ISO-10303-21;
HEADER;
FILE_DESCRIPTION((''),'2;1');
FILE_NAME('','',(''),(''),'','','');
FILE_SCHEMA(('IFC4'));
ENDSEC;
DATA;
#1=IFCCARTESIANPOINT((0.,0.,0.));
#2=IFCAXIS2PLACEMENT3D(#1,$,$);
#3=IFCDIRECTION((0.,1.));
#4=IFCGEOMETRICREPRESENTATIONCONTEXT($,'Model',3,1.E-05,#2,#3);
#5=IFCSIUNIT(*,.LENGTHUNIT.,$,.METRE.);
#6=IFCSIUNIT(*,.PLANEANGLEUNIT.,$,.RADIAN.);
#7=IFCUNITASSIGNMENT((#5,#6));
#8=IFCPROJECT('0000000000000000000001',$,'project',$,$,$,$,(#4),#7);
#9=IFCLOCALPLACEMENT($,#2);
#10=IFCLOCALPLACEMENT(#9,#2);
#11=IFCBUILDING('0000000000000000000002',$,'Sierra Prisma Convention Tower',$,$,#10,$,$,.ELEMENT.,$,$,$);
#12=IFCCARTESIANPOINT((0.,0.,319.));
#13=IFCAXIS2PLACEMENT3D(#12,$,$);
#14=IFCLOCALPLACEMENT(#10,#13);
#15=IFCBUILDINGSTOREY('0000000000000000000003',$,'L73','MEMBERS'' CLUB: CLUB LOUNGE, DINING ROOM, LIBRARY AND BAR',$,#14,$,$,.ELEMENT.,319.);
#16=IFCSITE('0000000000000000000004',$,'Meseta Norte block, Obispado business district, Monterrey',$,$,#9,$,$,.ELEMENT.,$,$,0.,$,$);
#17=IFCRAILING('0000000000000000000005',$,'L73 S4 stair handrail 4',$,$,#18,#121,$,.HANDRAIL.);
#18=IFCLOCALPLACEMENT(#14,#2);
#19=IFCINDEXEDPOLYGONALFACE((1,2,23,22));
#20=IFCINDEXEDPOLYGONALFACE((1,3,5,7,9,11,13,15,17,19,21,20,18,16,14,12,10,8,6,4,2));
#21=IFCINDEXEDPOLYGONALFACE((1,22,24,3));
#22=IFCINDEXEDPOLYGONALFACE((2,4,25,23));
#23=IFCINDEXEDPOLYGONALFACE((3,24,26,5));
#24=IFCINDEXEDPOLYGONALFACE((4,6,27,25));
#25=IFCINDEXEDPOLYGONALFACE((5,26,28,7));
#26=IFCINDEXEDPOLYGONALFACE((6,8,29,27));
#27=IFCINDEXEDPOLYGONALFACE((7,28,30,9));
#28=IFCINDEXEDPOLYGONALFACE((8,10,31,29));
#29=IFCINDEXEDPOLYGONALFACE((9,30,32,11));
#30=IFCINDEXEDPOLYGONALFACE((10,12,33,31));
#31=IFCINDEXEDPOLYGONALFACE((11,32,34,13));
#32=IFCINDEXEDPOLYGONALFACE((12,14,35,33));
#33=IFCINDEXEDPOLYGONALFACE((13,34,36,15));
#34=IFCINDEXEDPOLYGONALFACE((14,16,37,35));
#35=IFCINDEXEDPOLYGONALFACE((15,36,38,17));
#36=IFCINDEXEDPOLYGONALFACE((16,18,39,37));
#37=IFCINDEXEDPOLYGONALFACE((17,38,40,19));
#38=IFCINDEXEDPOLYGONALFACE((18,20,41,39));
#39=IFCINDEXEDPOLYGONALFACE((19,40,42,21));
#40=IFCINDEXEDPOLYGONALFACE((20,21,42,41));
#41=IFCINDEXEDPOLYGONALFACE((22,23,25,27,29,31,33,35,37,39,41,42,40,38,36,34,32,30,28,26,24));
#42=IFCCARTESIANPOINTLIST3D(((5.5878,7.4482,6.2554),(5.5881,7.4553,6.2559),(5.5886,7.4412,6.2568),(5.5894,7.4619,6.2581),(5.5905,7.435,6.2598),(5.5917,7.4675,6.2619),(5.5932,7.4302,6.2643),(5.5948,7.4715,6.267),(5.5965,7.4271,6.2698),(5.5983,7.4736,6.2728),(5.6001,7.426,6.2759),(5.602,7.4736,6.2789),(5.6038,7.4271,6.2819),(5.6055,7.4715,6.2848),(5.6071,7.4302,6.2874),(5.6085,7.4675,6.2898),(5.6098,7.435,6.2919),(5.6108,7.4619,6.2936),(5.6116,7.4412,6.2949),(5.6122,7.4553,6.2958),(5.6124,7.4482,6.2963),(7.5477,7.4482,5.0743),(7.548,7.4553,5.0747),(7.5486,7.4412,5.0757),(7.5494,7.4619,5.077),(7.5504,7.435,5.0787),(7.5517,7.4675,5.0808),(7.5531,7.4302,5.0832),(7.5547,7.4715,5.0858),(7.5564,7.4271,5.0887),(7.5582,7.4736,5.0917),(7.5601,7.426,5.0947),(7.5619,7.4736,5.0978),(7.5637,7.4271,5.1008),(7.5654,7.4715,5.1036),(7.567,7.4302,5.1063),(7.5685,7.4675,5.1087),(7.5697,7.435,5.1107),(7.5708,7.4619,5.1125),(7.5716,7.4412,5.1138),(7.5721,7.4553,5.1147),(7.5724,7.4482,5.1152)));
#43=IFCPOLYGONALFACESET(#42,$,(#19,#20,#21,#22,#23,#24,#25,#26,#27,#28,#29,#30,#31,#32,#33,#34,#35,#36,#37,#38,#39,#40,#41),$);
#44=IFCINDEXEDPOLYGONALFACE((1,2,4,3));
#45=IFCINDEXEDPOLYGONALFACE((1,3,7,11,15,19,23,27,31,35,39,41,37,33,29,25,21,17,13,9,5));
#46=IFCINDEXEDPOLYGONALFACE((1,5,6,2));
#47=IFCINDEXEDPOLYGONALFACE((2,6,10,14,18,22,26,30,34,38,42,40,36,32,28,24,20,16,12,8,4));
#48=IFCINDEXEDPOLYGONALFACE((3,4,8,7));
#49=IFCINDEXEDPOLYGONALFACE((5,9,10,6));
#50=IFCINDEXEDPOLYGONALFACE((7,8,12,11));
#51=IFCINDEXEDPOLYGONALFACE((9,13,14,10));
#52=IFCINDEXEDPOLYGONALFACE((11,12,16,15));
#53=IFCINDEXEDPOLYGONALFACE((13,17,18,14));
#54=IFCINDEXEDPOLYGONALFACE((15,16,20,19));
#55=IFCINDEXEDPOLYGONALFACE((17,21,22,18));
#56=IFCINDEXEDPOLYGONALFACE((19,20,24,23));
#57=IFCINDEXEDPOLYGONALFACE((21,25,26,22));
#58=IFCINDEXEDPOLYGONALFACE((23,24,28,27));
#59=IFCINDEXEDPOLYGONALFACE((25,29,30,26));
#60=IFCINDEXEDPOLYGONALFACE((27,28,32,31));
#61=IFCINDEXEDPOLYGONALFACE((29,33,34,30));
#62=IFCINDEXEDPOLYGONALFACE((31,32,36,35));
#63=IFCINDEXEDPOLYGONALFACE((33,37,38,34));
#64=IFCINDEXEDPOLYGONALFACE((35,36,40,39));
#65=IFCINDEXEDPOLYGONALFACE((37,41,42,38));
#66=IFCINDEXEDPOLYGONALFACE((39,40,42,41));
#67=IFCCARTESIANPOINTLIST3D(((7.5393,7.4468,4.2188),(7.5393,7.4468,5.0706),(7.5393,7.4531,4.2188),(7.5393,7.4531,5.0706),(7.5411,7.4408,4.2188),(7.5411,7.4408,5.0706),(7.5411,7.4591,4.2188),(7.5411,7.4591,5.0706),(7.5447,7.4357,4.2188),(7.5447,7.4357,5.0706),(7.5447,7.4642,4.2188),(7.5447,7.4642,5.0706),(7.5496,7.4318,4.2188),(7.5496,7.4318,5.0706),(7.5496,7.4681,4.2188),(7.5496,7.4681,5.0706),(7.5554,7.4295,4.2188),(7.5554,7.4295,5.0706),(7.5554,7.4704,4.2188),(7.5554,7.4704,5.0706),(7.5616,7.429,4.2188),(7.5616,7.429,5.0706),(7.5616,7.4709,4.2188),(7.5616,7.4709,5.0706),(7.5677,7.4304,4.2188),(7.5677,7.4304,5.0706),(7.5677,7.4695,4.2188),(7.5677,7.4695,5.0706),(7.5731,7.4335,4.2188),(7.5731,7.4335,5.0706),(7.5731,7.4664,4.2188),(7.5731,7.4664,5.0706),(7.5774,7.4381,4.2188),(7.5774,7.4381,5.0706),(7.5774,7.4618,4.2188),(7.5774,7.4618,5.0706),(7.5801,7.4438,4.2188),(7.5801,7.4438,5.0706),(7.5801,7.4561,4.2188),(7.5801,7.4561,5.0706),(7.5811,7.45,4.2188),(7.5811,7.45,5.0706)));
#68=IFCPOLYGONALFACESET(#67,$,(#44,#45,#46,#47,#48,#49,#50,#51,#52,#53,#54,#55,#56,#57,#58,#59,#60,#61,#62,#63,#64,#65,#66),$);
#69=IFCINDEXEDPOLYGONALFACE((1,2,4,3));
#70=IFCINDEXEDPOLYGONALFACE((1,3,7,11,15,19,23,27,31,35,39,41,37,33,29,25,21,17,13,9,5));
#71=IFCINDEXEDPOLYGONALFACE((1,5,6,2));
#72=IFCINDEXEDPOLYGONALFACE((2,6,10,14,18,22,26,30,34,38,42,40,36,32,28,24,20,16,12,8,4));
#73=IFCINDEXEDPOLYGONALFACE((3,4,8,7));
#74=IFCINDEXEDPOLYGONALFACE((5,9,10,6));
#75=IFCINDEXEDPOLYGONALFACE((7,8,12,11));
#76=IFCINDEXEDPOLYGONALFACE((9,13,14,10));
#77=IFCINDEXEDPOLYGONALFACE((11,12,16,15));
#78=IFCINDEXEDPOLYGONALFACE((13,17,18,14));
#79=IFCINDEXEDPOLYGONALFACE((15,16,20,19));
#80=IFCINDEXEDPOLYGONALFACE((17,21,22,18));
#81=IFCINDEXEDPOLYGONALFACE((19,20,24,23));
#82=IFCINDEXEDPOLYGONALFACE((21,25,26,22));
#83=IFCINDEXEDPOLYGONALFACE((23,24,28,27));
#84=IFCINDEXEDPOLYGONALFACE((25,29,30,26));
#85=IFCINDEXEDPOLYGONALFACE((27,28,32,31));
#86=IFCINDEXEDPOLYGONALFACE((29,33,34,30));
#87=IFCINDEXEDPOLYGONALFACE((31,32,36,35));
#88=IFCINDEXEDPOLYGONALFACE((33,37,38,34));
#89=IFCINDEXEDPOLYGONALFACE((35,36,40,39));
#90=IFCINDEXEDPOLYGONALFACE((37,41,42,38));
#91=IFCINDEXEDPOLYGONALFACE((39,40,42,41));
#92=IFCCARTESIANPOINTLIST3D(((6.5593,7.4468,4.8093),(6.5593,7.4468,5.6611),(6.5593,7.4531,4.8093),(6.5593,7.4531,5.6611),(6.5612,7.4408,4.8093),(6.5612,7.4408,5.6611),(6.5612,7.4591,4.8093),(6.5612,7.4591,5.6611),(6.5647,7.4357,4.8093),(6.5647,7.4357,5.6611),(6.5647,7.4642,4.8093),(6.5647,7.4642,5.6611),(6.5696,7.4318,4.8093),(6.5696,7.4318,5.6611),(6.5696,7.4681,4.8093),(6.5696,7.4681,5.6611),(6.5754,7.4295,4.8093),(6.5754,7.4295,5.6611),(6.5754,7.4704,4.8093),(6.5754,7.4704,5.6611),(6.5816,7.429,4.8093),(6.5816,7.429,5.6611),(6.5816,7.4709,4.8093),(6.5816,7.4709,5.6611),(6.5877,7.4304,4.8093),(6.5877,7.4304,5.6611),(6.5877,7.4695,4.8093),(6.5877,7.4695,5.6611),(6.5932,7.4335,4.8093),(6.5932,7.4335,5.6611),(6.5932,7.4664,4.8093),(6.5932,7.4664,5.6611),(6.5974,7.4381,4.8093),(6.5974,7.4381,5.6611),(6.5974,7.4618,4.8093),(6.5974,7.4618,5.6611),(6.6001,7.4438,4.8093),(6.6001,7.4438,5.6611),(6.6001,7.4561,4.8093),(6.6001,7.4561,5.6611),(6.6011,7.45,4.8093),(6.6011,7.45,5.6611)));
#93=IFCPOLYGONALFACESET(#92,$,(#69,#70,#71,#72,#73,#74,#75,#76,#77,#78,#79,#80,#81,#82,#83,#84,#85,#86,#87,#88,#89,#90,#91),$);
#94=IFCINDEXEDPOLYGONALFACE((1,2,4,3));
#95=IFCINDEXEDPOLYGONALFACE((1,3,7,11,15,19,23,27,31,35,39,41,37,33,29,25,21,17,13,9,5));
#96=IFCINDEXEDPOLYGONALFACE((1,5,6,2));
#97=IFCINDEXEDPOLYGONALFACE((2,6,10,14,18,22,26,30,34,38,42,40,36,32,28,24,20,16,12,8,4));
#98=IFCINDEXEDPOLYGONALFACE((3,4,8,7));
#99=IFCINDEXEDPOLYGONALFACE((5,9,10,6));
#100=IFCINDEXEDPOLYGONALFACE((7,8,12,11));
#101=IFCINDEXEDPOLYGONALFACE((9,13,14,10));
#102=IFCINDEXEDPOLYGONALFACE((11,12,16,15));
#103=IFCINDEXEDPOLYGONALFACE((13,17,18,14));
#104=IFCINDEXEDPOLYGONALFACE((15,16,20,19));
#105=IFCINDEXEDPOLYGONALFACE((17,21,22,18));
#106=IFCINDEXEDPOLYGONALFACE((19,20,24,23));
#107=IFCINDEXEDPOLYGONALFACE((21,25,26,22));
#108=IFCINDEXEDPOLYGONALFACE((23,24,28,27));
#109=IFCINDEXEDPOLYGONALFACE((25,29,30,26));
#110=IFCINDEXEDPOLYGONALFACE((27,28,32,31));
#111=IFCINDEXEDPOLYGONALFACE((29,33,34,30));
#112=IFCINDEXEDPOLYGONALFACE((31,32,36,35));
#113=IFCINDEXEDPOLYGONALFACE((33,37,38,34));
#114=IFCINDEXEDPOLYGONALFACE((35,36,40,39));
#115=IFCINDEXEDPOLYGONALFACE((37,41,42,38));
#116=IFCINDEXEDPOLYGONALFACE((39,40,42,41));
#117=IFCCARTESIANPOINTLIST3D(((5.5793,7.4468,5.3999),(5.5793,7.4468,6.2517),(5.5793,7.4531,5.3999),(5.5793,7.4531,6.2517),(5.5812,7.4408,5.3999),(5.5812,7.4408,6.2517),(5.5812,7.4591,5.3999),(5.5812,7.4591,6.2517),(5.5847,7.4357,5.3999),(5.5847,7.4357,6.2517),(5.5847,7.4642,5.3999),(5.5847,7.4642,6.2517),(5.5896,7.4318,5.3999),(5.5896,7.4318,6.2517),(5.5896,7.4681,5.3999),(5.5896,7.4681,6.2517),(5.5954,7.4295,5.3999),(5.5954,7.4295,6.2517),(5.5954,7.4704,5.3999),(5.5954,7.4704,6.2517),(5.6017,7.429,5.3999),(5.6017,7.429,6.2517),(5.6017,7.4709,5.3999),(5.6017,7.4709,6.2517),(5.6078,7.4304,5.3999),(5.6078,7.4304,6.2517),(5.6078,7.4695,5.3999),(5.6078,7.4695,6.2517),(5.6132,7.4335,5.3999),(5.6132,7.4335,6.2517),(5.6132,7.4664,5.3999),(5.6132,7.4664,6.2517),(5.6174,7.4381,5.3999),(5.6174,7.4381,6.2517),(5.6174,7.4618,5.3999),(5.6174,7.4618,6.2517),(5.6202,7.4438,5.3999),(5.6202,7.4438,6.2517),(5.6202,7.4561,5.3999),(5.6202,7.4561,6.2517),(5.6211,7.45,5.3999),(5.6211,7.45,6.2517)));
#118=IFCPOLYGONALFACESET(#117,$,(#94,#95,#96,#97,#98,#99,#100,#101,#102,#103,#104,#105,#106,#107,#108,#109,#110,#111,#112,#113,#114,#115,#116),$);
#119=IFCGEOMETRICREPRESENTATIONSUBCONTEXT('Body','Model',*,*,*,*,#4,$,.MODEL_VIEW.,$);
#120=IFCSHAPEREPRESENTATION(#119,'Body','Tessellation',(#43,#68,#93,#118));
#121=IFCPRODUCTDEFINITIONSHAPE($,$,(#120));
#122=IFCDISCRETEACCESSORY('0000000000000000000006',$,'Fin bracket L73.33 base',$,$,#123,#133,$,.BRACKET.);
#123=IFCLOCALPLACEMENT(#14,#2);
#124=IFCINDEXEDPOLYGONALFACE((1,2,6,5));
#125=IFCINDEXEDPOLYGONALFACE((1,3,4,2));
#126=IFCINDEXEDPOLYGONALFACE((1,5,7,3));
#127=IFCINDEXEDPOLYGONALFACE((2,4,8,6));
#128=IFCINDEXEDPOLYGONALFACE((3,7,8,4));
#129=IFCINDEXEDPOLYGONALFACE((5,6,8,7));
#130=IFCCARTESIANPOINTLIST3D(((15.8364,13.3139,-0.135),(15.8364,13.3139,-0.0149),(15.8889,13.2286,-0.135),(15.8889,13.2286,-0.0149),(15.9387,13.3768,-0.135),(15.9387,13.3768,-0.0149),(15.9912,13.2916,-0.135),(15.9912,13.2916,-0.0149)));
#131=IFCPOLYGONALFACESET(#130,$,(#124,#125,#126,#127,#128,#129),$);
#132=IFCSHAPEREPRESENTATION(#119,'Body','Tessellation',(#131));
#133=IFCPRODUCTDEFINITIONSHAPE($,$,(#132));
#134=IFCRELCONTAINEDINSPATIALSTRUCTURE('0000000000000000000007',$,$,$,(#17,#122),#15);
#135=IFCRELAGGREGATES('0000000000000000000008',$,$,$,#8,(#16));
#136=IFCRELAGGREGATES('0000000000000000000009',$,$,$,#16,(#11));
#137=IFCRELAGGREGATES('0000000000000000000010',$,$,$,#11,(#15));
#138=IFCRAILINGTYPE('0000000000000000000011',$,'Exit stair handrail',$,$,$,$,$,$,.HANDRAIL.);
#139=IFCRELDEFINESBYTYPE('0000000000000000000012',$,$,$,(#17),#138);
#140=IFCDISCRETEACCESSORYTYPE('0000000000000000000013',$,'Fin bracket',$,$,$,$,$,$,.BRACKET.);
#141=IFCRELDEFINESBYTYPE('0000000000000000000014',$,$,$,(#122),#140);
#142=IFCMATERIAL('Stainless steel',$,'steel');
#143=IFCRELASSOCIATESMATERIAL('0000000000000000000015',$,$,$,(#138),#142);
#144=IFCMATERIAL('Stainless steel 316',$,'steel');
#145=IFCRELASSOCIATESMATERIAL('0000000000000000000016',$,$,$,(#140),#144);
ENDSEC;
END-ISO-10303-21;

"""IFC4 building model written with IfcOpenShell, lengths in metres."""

from ifc_helpers import new_model, si_unit, direction, frame, origin, origin_2d, place, context, subcontext, project, spatial, rectangle, circle, extrude, material, type_object, element, save


model = new_model("IFC4")

# Units and contexts
model_context = context("Model", 3, precision=1e-05, world=origin(), true_north=direction((0.0, 1.0)))
body_context = subcontext(model_context, "Body", "Model", "MODEL_VIEW")
ifc_project = project(units=[si_unit("LENGTHUNIT", "METRE"), si_unit("PLANEANGLEUNIT", "RADIAN")], contexts=[model_context])

# Site, building, storey
site_placement = place(None, origin())
site = spatial("IfcSite", under=ifc_project, at=site_placement, Name="Meseta Norte block, Obispado business district, Monterrey", CompositionType="ELEMENT", RefElevation=0.0)
building_placement = place(site_placement, origin())
building = spatial("IfcBuilding", under=site, at=building_placement, Name="Sierra Prisma Convention Tower", CompositionType="ELEMENT")
storey_placement = place(building_placement, frame((0.0, 0.0, 319.0)))
storey = spatial("IfcBuildingStorey", under=building, at=storey_placement, Name="L73", Description="MEMBERS' CLUB: CLUB LOUNGE, DINING ROOM, LIBRARY AND BAR", CompositionType="ELEMENT", Elevation=319.0)

# Railing
ifc_material_1 = material(Name="Stainless steel", Category="steel")
railing_type = type_object("IfcRailingType", Name="Exit stair handrail", PredefinedType="HANDRAIL", material=ifc_material_1)
for number, where, name in (
    (1, (7.5601, 7.45, 4.2188), "L73 S4 stair handrail 4"),
):
    element("IfcRailing", number, at=place(storey_placement, frame(where)), inside=storey, type_object=railing_type, Name=name, PredefinedType="HANDRAIL", context=body_context, shape_type="SweptSolid", body=[
        extrude(circle(Radius=0.0239, at=origin_2d()), frame((0.0, 0.0, 0.876), z_axis=(-0.856493, 0.0, 0.516158), x_axis=(0.0, -1.0, 0.0)), (0.0, 0.0, 1.0), 2.2883),
        extrude(circle(Radius=0.021, at=origin_2d()), origin(), (0.0, 0.0, 1.0), 0.8518),
        extrude(circle(Radius=0.021, at=origin_2d()), frame((-0.98, 0.0, 0.5906)), (0.0, 0.0, 1.0), 0.8518),
        extrude(circle(Radius=0.021, at=origin_2d()), frame((-1.96, 0.0, 1.1812)), (0.0, 0.0, 1.0), 0.8518),
    ])

# Discrete accessory
ifc_material_2 = material(Name="Stainless steel 316", Category="steel")
discrete_accessory_type = type_object("IfcDiscreteAccessoryType", Name="Fin bracket", PredefinedType="BRACKET", material=ifc_material_2)
discrete_accessory_placement = place(storey_placement, frame((15.9138, 13.3027, -0.135), z_axis=(0.0, 0.0, 1.0), x_axis=(0.851544, 0.524283, 0.0)))
element("IfcDiscreteAccessory", 2, at=discrete_accessory_placement, inside=storey, type_object=discrete_accessory_type, Name="Fin bracket L73.33 base", PredefinedType="BRACKET", context=body_context, shape_type="SweptSolid", body=[
    extrude(rectangle(XDim=0.1201, YDim=0.1001, at=origin_2d()), origin(), (0.0, 0.0, 1.0), 0.1201),
])

save(model, "model.ifc")
